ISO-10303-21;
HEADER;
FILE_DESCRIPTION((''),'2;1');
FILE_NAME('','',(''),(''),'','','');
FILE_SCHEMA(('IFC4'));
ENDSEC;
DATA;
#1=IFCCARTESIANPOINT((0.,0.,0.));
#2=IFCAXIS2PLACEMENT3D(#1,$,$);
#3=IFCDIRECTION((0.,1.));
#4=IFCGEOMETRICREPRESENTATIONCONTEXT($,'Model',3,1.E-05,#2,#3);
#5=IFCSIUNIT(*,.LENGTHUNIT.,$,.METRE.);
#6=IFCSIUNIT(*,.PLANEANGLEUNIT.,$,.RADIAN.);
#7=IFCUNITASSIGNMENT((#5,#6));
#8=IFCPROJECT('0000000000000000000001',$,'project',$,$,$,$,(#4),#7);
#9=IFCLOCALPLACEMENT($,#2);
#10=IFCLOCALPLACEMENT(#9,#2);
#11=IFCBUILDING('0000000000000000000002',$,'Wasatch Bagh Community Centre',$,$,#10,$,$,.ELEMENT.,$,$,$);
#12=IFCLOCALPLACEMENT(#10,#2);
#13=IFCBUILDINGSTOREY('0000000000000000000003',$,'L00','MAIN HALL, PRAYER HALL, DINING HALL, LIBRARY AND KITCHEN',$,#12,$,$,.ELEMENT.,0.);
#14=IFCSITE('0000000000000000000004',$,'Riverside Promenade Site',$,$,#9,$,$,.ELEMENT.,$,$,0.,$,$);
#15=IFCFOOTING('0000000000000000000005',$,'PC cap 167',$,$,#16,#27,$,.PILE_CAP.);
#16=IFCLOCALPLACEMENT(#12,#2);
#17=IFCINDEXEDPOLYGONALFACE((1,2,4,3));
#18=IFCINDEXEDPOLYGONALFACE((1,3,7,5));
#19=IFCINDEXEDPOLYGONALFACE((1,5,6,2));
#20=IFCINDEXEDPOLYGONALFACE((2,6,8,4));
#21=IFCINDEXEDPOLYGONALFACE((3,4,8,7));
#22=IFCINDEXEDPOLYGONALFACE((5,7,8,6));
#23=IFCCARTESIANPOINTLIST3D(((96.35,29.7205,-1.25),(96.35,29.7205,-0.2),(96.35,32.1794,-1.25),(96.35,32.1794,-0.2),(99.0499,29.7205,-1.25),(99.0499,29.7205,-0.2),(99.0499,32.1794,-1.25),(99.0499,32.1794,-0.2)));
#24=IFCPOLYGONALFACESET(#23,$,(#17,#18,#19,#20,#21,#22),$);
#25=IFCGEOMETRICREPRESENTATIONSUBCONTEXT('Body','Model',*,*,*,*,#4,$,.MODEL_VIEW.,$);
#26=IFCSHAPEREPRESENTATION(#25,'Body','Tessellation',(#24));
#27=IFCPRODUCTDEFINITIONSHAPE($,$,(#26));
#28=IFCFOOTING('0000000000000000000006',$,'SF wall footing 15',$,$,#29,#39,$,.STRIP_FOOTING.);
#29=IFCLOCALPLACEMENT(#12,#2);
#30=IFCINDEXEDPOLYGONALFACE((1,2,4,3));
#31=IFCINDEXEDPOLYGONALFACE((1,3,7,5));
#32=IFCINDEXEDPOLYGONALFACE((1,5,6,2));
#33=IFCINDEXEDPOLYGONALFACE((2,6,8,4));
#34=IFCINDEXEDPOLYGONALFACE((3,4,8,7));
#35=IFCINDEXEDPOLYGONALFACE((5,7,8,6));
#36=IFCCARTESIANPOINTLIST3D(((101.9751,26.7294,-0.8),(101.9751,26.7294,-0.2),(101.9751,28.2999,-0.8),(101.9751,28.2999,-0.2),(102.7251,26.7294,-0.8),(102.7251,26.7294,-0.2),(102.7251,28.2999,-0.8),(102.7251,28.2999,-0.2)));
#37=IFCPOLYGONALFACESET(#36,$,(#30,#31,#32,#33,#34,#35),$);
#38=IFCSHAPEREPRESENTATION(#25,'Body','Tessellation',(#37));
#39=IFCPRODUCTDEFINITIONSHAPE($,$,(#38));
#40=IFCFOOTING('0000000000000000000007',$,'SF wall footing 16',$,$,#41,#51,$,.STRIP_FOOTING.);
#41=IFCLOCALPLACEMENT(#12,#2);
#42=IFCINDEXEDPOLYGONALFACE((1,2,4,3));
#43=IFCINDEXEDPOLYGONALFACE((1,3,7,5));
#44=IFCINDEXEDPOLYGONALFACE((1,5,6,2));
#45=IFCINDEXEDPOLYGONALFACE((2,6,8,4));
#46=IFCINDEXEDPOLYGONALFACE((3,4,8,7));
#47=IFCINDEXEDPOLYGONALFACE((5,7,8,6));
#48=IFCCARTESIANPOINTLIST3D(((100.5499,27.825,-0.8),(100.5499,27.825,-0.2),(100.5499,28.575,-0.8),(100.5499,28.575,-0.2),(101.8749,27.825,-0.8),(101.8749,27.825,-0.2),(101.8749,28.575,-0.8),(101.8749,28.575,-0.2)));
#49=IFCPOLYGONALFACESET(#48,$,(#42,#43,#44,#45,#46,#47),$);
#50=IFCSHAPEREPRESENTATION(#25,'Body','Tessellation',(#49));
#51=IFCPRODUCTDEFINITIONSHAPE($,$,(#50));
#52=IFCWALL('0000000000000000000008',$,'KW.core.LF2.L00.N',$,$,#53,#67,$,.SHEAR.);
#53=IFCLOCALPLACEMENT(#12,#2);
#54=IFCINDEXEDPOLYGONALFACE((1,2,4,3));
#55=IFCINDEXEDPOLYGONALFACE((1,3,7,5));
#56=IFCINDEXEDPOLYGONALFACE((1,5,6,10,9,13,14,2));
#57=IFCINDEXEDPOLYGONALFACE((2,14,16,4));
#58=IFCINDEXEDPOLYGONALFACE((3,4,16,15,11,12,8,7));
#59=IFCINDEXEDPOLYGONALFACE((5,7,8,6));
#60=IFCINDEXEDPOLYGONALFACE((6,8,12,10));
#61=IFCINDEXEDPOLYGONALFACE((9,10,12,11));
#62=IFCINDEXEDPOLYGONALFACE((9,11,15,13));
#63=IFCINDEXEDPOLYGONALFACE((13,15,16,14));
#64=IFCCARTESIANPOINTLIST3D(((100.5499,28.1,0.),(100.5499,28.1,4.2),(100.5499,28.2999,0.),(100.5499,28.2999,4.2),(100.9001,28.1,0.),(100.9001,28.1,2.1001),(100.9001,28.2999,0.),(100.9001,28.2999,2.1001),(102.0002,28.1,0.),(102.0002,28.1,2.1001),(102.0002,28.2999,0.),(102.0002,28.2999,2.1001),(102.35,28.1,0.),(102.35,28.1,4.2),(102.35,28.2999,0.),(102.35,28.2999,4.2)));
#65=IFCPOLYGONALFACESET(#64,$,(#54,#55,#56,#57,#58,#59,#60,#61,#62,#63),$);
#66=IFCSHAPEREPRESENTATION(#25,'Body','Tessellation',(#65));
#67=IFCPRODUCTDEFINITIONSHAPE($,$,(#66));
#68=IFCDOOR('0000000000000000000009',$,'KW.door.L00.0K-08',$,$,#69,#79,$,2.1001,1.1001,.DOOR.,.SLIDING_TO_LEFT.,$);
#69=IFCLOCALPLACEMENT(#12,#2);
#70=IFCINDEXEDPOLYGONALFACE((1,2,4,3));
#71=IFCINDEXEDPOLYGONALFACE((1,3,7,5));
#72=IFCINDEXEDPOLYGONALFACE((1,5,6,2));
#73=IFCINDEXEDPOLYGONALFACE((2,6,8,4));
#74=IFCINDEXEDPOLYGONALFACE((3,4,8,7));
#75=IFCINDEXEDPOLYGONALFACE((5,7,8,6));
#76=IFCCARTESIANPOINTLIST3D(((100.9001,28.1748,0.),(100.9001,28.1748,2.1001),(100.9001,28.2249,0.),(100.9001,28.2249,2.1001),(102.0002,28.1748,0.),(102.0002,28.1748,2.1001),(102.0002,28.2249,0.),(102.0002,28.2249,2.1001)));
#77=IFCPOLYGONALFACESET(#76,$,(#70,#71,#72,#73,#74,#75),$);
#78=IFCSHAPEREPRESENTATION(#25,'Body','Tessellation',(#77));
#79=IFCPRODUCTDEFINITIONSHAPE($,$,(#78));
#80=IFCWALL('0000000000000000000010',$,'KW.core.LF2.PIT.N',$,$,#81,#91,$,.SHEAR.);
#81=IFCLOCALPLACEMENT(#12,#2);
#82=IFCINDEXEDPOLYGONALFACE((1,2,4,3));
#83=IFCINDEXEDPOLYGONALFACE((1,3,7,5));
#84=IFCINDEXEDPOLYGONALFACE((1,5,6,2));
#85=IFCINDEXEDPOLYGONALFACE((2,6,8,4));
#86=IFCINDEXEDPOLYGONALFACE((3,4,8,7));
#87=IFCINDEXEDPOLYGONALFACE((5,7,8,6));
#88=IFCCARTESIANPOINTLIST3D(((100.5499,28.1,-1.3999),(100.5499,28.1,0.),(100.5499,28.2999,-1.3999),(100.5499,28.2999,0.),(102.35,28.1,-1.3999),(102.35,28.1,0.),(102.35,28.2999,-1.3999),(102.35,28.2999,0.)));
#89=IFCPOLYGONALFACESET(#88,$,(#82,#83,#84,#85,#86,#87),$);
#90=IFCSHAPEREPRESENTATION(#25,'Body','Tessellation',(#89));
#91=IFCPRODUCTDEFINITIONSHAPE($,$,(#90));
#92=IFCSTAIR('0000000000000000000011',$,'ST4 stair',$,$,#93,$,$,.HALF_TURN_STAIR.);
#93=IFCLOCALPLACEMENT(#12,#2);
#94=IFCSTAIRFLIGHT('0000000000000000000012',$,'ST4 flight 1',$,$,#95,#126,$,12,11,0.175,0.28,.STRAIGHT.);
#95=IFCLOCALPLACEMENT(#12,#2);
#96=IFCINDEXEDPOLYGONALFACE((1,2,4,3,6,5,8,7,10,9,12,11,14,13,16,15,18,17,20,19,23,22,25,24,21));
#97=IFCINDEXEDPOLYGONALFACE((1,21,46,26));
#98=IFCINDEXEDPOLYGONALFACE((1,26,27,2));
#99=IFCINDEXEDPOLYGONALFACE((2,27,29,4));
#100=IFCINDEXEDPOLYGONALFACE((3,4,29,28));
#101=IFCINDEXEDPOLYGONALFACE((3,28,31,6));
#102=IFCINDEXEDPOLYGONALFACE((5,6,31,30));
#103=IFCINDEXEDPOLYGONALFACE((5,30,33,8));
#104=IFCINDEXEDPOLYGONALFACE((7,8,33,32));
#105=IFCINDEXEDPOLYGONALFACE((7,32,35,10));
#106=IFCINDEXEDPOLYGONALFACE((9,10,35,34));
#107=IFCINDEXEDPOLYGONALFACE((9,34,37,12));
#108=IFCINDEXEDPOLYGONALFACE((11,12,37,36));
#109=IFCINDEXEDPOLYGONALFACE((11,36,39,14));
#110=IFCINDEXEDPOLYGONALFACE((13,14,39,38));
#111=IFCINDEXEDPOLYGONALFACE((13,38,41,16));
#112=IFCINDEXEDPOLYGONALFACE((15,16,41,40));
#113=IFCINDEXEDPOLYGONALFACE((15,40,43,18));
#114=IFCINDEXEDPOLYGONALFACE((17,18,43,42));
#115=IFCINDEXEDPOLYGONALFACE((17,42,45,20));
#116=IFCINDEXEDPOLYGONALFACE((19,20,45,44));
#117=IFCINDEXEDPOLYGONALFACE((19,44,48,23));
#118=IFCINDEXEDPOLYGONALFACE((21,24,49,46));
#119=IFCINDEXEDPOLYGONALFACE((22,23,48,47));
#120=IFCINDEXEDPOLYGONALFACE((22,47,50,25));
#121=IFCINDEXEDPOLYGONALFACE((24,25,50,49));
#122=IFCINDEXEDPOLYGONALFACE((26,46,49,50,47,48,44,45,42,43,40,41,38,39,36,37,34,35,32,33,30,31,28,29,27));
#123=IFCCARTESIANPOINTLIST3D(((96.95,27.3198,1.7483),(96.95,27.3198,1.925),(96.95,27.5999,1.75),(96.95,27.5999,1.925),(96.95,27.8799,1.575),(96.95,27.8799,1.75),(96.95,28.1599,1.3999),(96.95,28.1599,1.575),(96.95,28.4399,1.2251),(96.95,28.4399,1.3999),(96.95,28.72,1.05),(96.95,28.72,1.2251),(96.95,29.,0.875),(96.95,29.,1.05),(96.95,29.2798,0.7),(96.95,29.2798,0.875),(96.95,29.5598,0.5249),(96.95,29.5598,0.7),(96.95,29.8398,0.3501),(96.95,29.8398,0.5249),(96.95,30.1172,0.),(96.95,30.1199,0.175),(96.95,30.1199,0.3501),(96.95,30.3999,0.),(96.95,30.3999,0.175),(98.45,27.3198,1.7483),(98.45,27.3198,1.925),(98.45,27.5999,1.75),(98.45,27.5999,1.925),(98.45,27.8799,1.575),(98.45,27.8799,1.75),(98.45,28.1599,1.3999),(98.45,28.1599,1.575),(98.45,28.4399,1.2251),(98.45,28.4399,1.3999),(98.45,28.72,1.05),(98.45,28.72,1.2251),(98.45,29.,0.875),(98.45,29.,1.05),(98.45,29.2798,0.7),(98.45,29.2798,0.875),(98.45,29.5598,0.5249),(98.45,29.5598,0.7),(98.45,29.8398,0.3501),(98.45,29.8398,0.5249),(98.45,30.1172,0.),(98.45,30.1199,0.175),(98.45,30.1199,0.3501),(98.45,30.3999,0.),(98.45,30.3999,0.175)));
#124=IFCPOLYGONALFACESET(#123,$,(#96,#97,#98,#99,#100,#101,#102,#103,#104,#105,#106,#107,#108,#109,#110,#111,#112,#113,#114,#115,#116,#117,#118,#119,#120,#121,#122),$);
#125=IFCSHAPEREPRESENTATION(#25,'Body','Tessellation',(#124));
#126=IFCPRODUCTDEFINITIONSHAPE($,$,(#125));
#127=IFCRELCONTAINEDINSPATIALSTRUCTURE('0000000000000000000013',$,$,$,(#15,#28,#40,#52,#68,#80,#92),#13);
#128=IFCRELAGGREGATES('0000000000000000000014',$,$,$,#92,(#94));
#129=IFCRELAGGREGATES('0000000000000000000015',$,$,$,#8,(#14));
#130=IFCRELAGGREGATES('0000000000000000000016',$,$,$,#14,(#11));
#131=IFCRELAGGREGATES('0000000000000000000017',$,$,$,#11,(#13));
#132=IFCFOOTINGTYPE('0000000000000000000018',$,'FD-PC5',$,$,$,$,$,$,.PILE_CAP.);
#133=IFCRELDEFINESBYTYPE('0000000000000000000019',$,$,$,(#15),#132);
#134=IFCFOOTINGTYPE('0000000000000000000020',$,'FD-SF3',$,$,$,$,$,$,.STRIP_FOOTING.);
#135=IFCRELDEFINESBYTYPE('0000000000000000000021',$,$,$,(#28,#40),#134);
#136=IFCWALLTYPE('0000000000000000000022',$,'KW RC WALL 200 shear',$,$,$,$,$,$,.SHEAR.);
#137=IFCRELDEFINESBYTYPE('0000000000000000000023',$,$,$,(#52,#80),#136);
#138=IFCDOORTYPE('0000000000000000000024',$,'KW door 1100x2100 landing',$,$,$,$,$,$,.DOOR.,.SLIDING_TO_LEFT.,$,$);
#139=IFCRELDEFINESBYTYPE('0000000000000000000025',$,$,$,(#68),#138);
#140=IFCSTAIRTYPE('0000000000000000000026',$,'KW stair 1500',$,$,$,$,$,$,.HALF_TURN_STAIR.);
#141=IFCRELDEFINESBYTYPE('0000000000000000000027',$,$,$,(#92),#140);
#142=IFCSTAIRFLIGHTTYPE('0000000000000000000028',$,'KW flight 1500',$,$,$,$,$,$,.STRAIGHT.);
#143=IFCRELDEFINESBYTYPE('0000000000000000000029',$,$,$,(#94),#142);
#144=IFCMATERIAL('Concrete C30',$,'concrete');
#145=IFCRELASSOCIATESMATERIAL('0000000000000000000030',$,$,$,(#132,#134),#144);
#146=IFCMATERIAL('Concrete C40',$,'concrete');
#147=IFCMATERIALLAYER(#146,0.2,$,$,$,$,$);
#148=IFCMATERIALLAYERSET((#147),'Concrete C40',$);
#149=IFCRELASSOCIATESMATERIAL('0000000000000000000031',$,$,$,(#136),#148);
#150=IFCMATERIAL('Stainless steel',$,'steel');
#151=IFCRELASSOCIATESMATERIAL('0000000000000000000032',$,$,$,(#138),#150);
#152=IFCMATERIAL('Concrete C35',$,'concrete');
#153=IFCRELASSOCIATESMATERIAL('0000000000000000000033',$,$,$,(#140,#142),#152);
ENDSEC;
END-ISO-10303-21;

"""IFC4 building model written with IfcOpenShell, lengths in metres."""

from ifc_helpers import new_model, si_unit, direction, frame, frame_2d, origin, origin_2d, place, context, subcontext, project, spatial, polyline, rectangle, outline, extrude, material, layer, layer_set, type_object, element, fill, aggregate, save


model = new_model("IFC4")

# Units and contexts
model_context = context("Model", 3, precision=1e-05, world=origin(), true_north=direction((0.0, 1.0)))
body_context = subcontext(model_context, "Body", "Model", "MODEL_VIEW")
ifc_project = project(units=[si_unit("LENGTHUNIT", "METRE"), si_unit("PLANEANGLEUNIT", "RADIAN")], contexts=[model_context])

# Site, building, storey
site_placement = place(None, origin())
site = spatial("IfcSite", under=ifc_project, at=site_placement, Name="Riverside Promenade Site", CompositionType="ELEMENT", RefElevation=0.0)
building_placement = place(site_placement, origin())
building = spatial("IfcBuilding", under=site, at=building_placement, Name="Wasatch Bagh Community Centre", CompositionType="ELEMENT")
storey_placement = place(building_placement, origin())
storey = spatial("IfcBuildingStorey", under=building, at=storey_placement, Name="L00", Description="MAIN HALL, PRAYER HALL, DINING HALL, LIBRARY AND KITCHEN", CompositionType="ELEMENT", Elevation=0.0)

# Shared definitions
ifc_material_1 = material(Name="Concrete C35", Category="concrete")

# Shared definitions
ifc_material_2 = material(Name="Concrete C30", Category="concrete")

# Footings
footing_type_1 = type_object("IfcFootingType", Name="FD-PC5", PredefinedType="PILE_CAP", material=ifc_material_2)
footing_1_placement = place(storey_placement, frame((97.7, 30.95, -1.25), z_axis=(0.0, 0.0, 1.0), x_axis=(1.0, 0.0, 0.0)))
element("IfcFooting", 1, at=footing_1_placement, inside=storey, type_object=footing_type_1, Name="PC cap 167", PredefinedType="PILE_CAP", context=body_context, shape_type="SweptSolid", body=[
    extrude(rectangle(XDim=2.7, YDim=2.459, at=origin_2d()), origin(), (0.0, 0.0, 1.0), 1.05),
])
footing_type_2 = type_object("IfcFootingType", Name="FD-SF3", PredefinedType="STRIP_FOOTING", material=ifc_material_2)
footing_2_placement = place(storey_placement, frame((102.3501, 27.5146, -0.8), z_axis=(0.0, 0.0, 1.0), x_axis=(0.0, 1.0, 0.0)))
element("IfcFooting", 2, at=footing_2_placement, inside=storey, type_object=footing_type_2, Name="SF wall footing 15", PredefinedType="STRIP_FOOTING", context=body_context, shape_type="SweptSolid", body=[
    extrude(rectangle(XDim=1.5706, YDim=0.75, at=origin_2d()), origin(), (0.0, 0.0, 1.0), 0.6001),
])
footing_3_placement = place(storey_placement, frame((101.2124, 28.2, -0.8), z_axis=(0.0, 0.0, 1.0), x_axis=(1.0, 0.0, 0.0)))
element("IfcFooting", 3, at=footing_3_placement, inside=storey, type_object=footing_type_2, Name="SF wall footing 16", PredefinedType="STRIP_FOOTING", context=body_context, shape_type="SweptSolid", body=[
    extrude(rectangle(XDim=1.325, YDim=0.75, at=origin_2d()), origin(), (0.0, 0.0, 1.0), 0.6001),
])

# Wall, opening, door
ifc_material_3 = material(Name="Concrete C40", Category="concrete")
ifc_layer = layer(ifc_material_3, 0.2)
ifc_layer_set = layer_set([ifc_layer], Name="Concrete C40")
wall_type = type_object("IfcWallType", Name="KW RC WALL 200 shear", PredefinedType="SHEAR", material=ifc_layer_set)
wall_1_placement = place(storey_placement, frame((100.55, 28.2, 0.0), z_axis=(0.0, 0.0, 1.0), x_axis=(1.0, 0.0, 0.0)))
wall_1 = element("IfcWall", 4, at=wall_1_placement, inside=storey, type_object=wall_type, Name="KW.core.LF2.L00.N", PredefinedType="SHEAR", context=body_context, shape_type="SweptSolid", body=[
    extrude(rectangle(XDim=1.8, YDim=0.2, at=frame_2d((0.8999, 0.0))), origin(), (0.0, 0.0, 1.0), 4.2),
])
opening_placement = place(wall_1_placement, frame((0.3501, 0.0, 0.0)))
opening = element("IfcOpeningElement", 5, at=opening_placement, cuts=wall_1, PredefinedType="OPENING", context=body_context, shape_type="SweptSolid", body=[
    extrude(rectangle(XDim=1.1001, YDim=2.1001, at=frame_2d((0.55, 1.05))), frame((0.0, 0.1099, 0.0), z_axis=(0.0, -1.0, 0.0), x_axis=(1.0, 0.0, 0.0)), (0.0, 0.0, 1.0), 0.22),
])
ifc_material_4 = material(Name="Stainless steel", Category="steel")
door_type = type_object("IfcDoorType", Name="KW door 1100x2100 landing", OperationType="SLIDING_TO_LEFT", PredefinedType="DOOR", material=ifc_material_4)
door_placement = place(opening_placement, origin())
door = element("IfcDoor", 6, at=door_placement, inside=storey, type_object=door_type, Name="KW.door.L00.0K-08", OperationType="SLIDING_TO_LEFT", OverallHeight=2.1001, OverallWidth=1.1001, PredefinedType="DOOR", context=body_context, shape_type="SweptSolid", body=[
    extrude(rectangle(XDim=1.1001, YDim=2.1001, at=frame_2d((0.55, 1.05))), frame((0.0, 0.0249, 0.0), z_axis=(0.0, -1.0, 0.0), x_axis=(1.0, 0.0, 0.0)), (0.0, 0.0, 1.0), 0.05),
])
fill(opening, door)

# Wall
wall_2_placement = place(storey_placement, frame((100.55, 28.2, -1.3999), z_axis=(0.0, 0.0, 1.0), x_axis=(1.0, 0.0, 0.0)))
element("IfcWall", 7, at=wall_2_placement, inside=storey, type_object=wall_type, Name="KW.core.LF2.PIT.N", PredefinedType="SHEAR", context=body_context, shape_type="SweptSolid", body=[
    extrude(rectangle(XDim=1.8, YDim=0.2, at=frame_2d((0.8999, 0.0))), origin(), (0.0, 0.0, 1.0), 1.3999),
])

# Stair, stair flight
stair_type = type_object("IfcStairType", Name="KW stair 1500", PredefinedType="HALF_TURN_STAIR", material=ifc_material_1)
stair_placement = place(storey_placement, origin())
stair = element("IfcStair", 8, at=stair_placement, inside=storey, type_object=stair_type, Name="ST4 stair", PredefinedType="HALF_TURN_STAIR")
stair_flight_type = type_object("IfcStairFlightType", Name="KW flight 1500", PredefinedType="STRAIGHT", material=ifc_material_1)
stair_flight_placement = place(storey_placement, frame((97.7, 30.3999, 0.0), z_axis=(0.0, 0.0, 1.0), x_axis=(0.0, -1.0, 0.0)))
stair_flight = element("IfcStairFlight", 9, at=stair_flight_placement, type_object=stair_flight_type, Name="ST4 flight 1", NumberOfRisers=12, NumberOfTreads=11, PredefinedType="STRAIGHT", RiserHeight=0.175, TreadLength=0.28, context=body_context, shape_type="SweptSolid", body=[
    extrude(outline(polyline([(0.0, 0.0), (0.0, 0.175), (0.28, 0.175), (0.28, 0.3501), (0.5601, 0.3501), (0.5601, 0.5249), (0.8401, 0.5249), (0.8401, 0.7), (1.1201, 0.7), (1.1201, 0.875), (1.3999, 0.875), (1.3999, 1.05), (1.6799, 1.05), (1.6799, 1.2251), (1.96, 1.2251), (1.96, 1.3999), (2.24, 1.3999), (2.24, 1.575), (2.52, 1.575), (2.52, 1.75), (2.8, 1.75), (2.8, 1.925), (3.0801, 1.925), (3.0801, 2.1001), (3.0801, 1.7483), (0.2827, 0.0), (0.0, 0.0)])), frame((0.0, 0.75, 0.0), z_axis=(0.0, -1.0, 0.0), x_axis=(1.0, 0.0, 0.0)), (0.0, 0.0, 1.0), 1.5),
])
aggregate(stair, [stair_flight])

save(model, "model.ifc")
